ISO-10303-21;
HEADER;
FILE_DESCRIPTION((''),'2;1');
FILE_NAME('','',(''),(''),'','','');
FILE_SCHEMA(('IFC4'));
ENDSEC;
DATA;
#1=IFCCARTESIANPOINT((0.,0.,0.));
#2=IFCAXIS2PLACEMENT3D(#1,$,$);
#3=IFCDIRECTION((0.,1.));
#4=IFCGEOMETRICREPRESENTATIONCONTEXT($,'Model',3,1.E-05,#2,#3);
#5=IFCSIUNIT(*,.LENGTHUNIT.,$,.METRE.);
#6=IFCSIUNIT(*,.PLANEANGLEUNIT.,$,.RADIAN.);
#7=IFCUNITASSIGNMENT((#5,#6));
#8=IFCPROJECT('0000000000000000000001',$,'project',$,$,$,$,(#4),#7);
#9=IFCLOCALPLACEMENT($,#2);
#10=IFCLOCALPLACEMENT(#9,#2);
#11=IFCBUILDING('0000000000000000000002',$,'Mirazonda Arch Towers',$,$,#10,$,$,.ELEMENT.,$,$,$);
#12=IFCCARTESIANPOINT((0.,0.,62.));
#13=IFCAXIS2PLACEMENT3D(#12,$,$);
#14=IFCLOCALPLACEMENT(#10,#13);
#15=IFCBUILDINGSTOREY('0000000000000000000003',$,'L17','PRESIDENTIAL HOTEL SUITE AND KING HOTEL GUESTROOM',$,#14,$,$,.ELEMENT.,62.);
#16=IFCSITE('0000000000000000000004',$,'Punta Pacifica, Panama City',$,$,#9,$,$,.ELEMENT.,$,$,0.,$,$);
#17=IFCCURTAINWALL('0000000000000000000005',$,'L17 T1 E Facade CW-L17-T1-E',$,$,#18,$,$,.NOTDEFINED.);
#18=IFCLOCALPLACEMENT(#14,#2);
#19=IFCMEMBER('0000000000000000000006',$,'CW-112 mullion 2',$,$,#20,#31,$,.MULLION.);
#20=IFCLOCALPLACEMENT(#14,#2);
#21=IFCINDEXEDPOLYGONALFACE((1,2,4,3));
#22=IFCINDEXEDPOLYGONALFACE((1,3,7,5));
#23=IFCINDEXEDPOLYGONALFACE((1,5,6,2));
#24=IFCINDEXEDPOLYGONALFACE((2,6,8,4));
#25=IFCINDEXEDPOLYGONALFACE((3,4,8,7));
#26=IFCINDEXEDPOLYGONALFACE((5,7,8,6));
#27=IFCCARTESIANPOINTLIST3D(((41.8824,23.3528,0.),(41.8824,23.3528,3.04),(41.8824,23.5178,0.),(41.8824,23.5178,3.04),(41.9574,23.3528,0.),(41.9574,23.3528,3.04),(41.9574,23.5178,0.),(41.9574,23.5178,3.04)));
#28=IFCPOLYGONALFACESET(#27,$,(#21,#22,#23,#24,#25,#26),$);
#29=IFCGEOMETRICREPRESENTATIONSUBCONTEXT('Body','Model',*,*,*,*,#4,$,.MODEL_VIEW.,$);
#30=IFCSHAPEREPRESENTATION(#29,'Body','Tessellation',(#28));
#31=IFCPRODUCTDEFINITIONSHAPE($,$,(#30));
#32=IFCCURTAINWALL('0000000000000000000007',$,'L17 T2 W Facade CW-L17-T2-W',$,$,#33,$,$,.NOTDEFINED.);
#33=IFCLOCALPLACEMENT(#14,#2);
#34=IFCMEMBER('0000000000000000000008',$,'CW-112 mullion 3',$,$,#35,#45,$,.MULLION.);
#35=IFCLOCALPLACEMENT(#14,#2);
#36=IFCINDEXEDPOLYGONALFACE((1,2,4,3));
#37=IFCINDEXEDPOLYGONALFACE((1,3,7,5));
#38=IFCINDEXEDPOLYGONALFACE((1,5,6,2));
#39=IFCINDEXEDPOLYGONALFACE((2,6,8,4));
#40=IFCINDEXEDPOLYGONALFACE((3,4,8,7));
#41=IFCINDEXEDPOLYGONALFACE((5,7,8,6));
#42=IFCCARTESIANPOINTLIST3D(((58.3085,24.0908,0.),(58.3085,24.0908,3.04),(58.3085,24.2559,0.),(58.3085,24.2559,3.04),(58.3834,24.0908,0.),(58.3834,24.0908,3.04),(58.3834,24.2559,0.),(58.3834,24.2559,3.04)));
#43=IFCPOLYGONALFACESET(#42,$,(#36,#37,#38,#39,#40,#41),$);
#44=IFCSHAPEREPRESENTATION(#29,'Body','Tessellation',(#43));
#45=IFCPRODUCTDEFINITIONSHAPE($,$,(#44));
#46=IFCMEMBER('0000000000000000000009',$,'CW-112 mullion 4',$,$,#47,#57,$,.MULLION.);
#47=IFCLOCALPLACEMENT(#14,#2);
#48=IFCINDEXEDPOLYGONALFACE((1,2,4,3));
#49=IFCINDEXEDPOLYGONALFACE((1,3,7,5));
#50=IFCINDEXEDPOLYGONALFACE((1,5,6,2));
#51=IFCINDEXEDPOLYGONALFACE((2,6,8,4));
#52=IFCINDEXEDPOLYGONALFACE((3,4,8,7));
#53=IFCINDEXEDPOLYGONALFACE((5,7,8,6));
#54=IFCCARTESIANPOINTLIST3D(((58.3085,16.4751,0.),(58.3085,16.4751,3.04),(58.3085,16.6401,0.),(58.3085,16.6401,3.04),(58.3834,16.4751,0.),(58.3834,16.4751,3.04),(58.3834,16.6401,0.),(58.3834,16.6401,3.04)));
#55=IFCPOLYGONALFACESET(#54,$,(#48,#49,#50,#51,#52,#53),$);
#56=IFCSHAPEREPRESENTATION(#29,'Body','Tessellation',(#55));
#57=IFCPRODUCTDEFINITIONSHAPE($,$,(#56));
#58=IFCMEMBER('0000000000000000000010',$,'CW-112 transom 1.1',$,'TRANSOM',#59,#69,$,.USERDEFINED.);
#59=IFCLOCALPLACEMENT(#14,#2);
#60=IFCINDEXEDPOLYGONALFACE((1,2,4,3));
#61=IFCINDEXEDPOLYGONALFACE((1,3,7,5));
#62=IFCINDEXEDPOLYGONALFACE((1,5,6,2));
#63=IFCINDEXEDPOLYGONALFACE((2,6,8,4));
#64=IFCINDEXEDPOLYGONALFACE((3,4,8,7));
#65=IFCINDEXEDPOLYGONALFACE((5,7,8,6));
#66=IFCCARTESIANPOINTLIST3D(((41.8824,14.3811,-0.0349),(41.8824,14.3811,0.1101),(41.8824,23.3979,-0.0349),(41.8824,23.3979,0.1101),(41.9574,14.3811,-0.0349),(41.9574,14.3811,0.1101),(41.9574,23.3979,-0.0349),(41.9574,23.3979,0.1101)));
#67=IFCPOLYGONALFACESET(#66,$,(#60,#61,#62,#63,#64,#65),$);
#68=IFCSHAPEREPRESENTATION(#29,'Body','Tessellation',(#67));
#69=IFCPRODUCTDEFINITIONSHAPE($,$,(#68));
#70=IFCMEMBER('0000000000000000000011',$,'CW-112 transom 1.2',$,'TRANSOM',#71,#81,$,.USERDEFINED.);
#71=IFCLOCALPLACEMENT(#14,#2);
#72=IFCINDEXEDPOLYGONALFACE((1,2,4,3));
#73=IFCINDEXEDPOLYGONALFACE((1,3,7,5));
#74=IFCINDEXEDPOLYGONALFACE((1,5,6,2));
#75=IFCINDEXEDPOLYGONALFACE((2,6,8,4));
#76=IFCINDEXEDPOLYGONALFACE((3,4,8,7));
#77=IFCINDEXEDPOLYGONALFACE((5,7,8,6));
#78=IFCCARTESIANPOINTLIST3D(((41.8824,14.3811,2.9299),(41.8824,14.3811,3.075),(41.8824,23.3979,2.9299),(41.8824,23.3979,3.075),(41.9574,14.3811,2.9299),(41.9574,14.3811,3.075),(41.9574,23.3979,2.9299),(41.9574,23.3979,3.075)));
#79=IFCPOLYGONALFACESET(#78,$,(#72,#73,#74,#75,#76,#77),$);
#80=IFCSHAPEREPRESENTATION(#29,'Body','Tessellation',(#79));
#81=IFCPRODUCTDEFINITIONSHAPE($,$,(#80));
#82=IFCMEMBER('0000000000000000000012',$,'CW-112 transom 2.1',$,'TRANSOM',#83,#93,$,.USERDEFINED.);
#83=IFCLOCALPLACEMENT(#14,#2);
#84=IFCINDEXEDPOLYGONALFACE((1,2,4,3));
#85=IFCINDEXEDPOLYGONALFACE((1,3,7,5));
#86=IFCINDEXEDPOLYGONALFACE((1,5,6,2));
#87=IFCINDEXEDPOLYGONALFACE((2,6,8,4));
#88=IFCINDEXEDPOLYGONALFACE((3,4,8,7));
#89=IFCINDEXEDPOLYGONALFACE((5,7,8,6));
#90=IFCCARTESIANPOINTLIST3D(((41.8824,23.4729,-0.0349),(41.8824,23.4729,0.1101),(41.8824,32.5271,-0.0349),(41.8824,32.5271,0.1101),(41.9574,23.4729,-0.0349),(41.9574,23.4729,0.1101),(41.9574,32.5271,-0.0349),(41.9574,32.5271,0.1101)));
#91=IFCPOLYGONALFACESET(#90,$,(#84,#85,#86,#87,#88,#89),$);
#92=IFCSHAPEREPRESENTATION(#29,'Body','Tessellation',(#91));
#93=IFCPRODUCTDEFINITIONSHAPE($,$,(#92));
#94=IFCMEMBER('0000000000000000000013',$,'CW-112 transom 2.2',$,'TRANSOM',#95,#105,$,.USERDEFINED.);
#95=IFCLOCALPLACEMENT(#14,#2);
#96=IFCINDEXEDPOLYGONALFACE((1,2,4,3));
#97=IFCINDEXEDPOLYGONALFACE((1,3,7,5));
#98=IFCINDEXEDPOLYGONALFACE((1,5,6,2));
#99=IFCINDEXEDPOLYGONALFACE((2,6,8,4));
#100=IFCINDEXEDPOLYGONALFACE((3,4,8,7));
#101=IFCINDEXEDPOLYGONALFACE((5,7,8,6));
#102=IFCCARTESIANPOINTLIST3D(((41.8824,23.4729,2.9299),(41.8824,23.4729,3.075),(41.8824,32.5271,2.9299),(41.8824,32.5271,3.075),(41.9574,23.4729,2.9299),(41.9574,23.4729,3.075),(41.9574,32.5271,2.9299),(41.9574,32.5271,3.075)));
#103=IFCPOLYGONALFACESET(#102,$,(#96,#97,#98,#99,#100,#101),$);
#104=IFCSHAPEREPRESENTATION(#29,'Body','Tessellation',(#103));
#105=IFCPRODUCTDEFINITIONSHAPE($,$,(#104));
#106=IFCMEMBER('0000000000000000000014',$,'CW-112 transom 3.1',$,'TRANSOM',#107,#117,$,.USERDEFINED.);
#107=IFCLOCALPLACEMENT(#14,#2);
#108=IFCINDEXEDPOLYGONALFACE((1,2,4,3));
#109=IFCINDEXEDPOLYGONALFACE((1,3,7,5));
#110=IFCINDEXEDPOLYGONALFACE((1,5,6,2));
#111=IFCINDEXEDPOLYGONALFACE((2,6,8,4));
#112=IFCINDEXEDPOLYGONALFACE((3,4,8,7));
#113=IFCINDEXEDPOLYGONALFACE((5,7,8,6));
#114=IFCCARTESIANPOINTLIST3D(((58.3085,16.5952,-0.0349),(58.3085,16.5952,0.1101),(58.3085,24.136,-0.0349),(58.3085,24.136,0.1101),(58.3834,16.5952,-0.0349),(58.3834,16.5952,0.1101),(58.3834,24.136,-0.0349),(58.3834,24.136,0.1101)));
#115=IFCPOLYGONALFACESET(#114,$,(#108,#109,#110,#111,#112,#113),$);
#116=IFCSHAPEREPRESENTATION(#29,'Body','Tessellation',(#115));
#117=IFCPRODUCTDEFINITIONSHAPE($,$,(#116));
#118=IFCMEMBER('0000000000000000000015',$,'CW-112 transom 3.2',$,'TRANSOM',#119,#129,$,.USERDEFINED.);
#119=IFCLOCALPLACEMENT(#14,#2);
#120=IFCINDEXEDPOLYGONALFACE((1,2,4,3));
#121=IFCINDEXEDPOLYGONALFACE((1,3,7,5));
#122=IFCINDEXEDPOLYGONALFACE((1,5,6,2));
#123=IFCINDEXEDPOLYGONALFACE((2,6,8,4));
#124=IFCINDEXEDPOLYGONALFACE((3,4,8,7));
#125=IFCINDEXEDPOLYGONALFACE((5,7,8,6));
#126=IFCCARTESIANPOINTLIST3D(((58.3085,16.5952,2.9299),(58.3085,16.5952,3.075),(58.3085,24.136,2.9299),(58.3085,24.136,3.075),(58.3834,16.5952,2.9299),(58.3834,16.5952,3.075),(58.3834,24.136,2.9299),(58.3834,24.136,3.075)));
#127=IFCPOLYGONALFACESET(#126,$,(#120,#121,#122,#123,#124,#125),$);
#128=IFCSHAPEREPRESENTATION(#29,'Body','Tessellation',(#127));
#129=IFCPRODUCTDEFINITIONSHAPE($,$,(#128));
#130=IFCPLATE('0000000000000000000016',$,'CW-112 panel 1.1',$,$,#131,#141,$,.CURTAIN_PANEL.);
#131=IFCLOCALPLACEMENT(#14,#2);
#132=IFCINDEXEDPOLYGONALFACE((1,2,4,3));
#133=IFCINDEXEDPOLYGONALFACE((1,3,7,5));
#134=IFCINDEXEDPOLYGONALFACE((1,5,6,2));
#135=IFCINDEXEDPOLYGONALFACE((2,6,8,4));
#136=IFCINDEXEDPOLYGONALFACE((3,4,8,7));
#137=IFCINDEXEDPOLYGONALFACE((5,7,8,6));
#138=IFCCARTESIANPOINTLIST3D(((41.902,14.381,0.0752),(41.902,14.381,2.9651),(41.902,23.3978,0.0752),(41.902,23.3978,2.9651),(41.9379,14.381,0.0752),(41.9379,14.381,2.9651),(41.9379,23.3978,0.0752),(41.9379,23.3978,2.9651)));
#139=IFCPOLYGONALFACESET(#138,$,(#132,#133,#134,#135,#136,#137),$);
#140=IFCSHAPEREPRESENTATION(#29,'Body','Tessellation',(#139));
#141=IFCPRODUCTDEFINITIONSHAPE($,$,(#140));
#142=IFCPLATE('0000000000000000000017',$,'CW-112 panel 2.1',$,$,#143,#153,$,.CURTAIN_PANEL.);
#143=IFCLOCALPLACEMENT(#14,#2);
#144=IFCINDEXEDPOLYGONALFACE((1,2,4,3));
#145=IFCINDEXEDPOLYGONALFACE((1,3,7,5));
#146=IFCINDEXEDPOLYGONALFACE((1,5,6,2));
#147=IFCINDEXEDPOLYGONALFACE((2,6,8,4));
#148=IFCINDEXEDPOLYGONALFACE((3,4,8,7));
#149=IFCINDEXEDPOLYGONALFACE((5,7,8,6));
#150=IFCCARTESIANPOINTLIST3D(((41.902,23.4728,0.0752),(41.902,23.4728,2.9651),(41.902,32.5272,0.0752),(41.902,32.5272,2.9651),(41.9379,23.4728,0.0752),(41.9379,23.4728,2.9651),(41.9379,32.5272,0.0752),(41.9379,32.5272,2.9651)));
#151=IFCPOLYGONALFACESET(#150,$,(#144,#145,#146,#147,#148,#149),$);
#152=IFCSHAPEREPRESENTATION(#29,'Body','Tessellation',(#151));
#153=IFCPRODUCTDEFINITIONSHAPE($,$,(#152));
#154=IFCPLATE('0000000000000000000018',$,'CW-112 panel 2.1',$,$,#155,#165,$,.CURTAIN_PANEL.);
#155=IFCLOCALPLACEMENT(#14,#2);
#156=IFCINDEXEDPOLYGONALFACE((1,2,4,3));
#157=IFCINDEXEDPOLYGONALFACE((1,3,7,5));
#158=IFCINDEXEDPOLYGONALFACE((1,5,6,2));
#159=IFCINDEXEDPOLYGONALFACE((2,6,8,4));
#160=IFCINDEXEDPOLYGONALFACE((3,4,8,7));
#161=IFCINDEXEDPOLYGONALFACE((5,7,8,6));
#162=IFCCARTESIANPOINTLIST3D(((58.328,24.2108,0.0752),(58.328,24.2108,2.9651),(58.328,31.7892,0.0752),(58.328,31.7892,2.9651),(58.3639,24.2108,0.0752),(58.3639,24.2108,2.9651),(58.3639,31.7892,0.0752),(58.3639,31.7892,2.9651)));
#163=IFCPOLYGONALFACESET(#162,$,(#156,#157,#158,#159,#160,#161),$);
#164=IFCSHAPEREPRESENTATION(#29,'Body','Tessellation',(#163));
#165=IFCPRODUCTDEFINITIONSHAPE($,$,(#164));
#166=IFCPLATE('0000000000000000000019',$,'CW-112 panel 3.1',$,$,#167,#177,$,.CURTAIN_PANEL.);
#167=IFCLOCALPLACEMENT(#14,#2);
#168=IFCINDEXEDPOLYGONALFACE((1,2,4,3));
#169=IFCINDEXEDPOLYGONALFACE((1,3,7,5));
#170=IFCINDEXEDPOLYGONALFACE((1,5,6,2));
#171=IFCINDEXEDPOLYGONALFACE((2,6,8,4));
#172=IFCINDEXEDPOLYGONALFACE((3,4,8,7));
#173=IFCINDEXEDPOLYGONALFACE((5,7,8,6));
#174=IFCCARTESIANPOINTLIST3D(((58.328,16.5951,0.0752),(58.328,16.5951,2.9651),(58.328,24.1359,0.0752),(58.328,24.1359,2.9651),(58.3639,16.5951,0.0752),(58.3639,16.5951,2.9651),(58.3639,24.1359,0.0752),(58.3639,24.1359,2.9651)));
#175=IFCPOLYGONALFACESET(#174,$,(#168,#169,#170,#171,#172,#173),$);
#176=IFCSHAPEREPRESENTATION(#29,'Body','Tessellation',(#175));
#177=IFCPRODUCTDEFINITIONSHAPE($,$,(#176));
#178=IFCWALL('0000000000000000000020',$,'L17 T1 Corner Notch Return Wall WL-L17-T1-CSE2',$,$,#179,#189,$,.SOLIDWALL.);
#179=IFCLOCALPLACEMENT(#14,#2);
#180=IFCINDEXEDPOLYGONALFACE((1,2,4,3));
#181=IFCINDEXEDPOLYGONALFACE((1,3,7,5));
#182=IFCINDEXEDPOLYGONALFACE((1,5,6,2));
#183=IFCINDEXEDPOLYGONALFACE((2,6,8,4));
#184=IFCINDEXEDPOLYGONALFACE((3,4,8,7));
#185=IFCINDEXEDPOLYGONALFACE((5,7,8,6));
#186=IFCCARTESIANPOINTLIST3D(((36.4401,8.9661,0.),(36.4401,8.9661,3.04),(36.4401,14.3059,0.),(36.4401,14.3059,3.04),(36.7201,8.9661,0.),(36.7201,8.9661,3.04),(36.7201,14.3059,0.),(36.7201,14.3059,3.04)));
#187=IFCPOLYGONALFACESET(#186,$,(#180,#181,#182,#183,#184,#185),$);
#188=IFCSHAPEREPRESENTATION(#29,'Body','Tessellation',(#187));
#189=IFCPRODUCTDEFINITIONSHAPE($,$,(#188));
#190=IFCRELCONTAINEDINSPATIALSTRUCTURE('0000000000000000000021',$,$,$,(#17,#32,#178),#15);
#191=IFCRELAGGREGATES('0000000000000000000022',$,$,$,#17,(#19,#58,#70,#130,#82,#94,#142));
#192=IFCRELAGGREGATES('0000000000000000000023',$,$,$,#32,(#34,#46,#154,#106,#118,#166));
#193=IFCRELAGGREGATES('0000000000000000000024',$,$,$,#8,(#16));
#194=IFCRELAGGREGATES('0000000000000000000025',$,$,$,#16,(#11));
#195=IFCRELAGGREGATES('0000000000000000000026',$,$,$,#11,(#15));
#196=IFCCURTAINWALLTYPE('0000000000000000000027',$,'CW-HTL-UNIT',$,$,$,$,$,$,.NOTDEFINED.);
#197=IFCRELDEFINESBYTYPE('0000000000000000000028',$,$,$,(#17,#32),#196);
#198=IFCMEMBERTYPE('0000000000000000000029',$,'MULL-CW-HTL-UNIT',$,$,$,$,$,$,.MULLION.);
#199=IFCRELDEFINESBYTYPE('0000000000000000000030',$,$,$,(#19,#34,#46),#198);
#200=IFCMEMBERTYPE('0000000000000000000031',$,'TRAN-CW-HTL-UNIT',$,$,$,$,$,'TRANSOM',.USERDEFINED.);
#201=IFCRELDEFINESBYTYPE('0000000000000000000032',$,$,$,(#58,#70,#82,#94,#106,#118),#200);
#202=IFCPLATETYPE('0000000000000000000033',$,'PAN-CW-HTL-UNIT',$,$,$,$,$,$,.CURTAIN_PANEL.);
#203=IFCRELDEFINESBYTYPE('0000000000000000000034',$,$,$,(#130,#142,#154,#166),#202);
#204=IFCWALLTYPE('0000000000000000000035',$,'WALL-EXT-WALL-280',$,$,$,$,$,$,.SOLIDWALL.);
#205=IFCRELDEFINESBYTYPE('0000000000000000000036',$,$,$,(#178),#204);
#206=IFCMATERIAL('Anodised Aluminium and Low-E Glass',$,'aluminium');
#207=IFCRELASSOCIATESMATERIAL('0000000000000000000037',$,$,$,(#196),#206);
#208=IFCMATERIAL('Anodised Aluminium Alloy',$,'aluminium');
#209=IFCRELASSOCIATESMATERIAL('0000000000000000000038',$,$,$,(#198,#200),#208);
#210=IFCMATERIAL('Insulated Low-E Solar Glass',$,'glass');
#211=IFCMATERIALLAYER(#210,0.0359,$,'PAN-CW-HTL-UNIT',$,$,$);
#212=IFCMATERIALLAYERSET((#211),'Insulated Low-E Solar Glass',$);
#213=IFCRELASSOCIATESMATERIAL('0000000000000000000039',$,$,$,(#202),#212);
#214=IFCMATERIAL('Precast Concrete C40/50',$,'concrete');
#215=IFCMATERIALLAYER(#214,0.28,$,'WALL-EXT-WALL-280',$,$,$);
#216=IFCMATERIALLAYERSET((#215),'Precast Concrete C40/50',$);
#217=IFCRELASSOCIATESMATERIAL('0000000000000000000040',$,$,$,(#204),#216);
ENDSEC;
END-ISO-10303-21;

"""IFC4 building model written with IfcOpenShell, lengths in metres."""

from ifc_helpers import new_model, si_unit, direction, frame, frame_2d, origin, origin_2d, place, context, subcontext, project, spatial, rectangle, extrude, material, layer, layer_set, material_profile, profile_set, type_object, element, aggregate, save


model = new_model("IFC4")

# Units and contexts
model_context = context("Model", 3, precision=1e-05, world=origin(), true_north=direction((0.0, 1.0)))
body_context = subcontext(model_context, "Body", "Model", "MODEL_VIEW")
ifc_project = project(units=[si_unit("LENGTHUNIT", "METRE"), si_unit("PLANEANGLEUNIT", "RADIAN")], contexts=[model_context])

# Site, building, storey
site_placement = place(None, origin())
site = spatial("IfcSite", under=ifc_project, at=site_placement, Name="Punta Pacifica, Panama City", CompositionType="ELEMENT", RefElevation=0.0)
building_placement = place(site_placement, origin())
building = spatial("IfcBuilding", under=site, at=building_placement, Name="Mirazonda Arch Towers", CompositionType="ELEMENT")
storey_placement = place(building_placement, frame((0.0, 0.0, 62.0)))
storey = spatial("IfcBuildingStorey", under=building, at=storey_placement, Name="L17", Description="PRESIDENTIAL HOTEL SUITE AND KING HOTEL GUESTROOM", CompositionType="ELEMENT", Elevation=62.0)

# Curtain walls, members
ifc_material_1 = material(Name="Anodised Aluminium and Low-E Glass", Category="aluminium")
curtain_wall_type = type_object("IfcCurtainWallType", Name="CW-HTL-UNIT", PredefinedType="NOTDEFINED", material=ifc_material_1)
curtain_wall_1_placement = place(storey_placement, origin())
curtain_wall_1 = element("IfcCurtainWall", 1, at=curtain_wall_1_placement, inside=storey, type_object=curtain_wall_type, Name="L17 T1 E Facade CW-L17-T1-E", PredefinedType="NOTDEFINED")
ifc_material_2 = material(Name="Anodised Aluminium Alloy", Category="aluminium")
ifc_material_profile_1 = material_profile(ifc_material_2, rectangle(XDim=0.075, YDim=0.165, at=origin_2d()), Name="ALU-MULL-75x165")
ifc_profile_set_1 = profile_set([ifc_material_profile_1], Name="Anodised Aluminium Alloy")
member_type_1 = type_object("IfcMemberType", Name="MULL-CW-HTL-UNIT", PredefinedType="MULLION", material=ifc_profile_set_1)
member_1_placement = place(storey_placement, frame((41.9199, 23.4353, 0.0), z_axis=(0.0, 0.0, 1.0), x_axis=(-1.0, 0.0, 0.0)))
member_1 = element("IfcMember", 2, at=member_1_placement, type_object=member_type_1, Name="CW-112 mullion 2", PredefinedType="MULLION", context=body_context, shape_type="SweptSolid", body=[
    extrude(rectangle(XDim=0.075, YDim=0.165, at=origin_2d()), origin(), (0.0, 0.0, 1.0), 3.04),
])
curtain_wall_2_placement = place(storey_placement, origin())
curtain_wall_2 = element("IfcCurtainWall", 3, at=curtain_wall_2_placement, inside=storey, type_object=curtain_wall_type, Name="L17 T2 W Facade CW-L17-T2-W", PredefinedType="NOTDEFINED")
member_2_placement = place(storey_placement, frame((58.3459, 24.1733, 0.0), z_axis=(0.0, 0.0, 1.0), x_axis=(1.0, 0.0, 0.0)))
member_2 = element("IfcMember", 4, at=member_2_placement, type_object=member_type_1, Name="CW-112 mullion 3", PredefinedType="MULLION", context=body_context, shape_type="SweptSolid", body=[
    extrude(rectangle(XDim=0.075, YDim=0.165, at=origin_2d()), origin(), (0.0, 0.0, 1.0), 3.04),
])
member_3_placement = place(storey_placement, frame((58.3459, 16.5576, 0.0), z_axis=(0.0, 0.0, 1.0), x_axis=(1.0, 0.0, 0.0)))
member_3 = element("IfcMember", 5, at=member_3_placement, type_object=member_type_1, Name="CW-112 mullion 4", PredefinedType="MULLION", context=body_context, shape_type="SweptSolid", body=[
    extrude(rectangle(XDim=0.075, YDim=0.165, at=origin_2d()), origin(), (0.0, 0.0, 1.0), 3.04),
])

# Members
ifc_material_profile_2 = material_profile(ifc_material_2, rectangle(XDim=0.075, YDim=0.145, at=origin_2d()), Name="ALU-TRAN-75x145")
ifc_profile_set_2 = profile_set([ifc_material_profile_2], Name="Anodised Aluminium Alloy")
member_type_2 = type_object("IfcMemberType", Name="TRAN-CW-HTL-UNIT", ElementType="TRANSOM", PredefinedType="USERDEFINED", material=ifc_profile_set_2)
member_4_placement = place(storey_placement, frame((41.9199, 14.3811, 0.0376), z_axis=(0.0, 1.0, 0.0), x_axis=(-1.0, 0.0, 0.0)))
member_4 = element("IfcMember", 6, at=member_4_placement, type_object=member_type_2, Name="CW-112 transom 1.1", ObjectType="TRANSOM", PredefinedType="USERDEFINED", context=body_context, shape_type="SweptSolid", body=[
    extrude(rectangle(XDim=0.075, YDim=0.145, at=origin_2d()), origin(), (0.0, 0.0, 1.0), 9.0168),
])
member_5_placement = place(storey_placement, frame((41.9199, 14.3811, 3.0024), z_axis=(0.0, 1.0, 0.0), x_axis=(-1.0, 0.0, 0.0)))
member_5 = element("IfcMember", 7, at=member_5_placement, type_object=member_type_2, Name="CW-112 transom 1.2", ObjectType="TRANSOM", PredefinedType="USERDEFINED", context=body_context, shape_type="SweptSolid", body=[
    extrude(rectangle(XDim=0.075, YDim=0.145, at=origin_2d()), origin(), (0.0, 0.0, 1.0), 9.0168),
])
member_6_placement = place(storey_placement, frame((41.9199, 23.4729, 0.0376), z_axis=(0.0, 1.0, 0.0), x_axis=(-1.0, 0.0, 0.0)))
member_6 = element("IfcMember", 8, at=member_6_placement, type_object=member_type_2, Name="CW-112 transom 2.1", ObjectType="TRANSOM", PredefinedType="USERDEFINED", context=body_context, shape_type="SweptSolid", body=[
    extrude(rectangle(XDim=0.075, YDim=0.145, at=origin_2d()), origin(), (0.0, 0.0, 1.0), 9.0542),
])
member_7_placement = place(storey_placement, frame((41.9199, 23.4729, 3.0024), z_axis=(0.0, 1.0, 0.0), x_axis=(-1.0, 0.0, 0.0)))
member_7 = element("IfcMember", 9, at=member_7_placement, type_object=member_type_2, Name="CW-112 transom 2.2", ObjectType="TRANSOM", PredefinedType="USERDEFINED", context=body_context, shape_type="SweptSolid", body=[
    extrude(rectangle(XDim=0.075, YDim=0.145, at=origin_2d()), origin(), (0.0, 0.0, 1.0), 9.0542),
])
member_8_placement = place(storey_placement, frame((58.3459, 24.136, 0.0376), z_axis=(0.0, -1.0, 0.0), x_axis=(1.0, 0.0, 0.0)))
member_8 = element("IfcMember", 10, at=member_8_placement, type_object=member_type_2, Name="CW-112 transom 3.1", ObjectType="TRANSOM", PredefinedType="USERDEFINED", context=body_context, shape_type="SweptSolid", body=[
    extrude(rectangle(XDim=0.075, YDim=0.145, at=origin_2d()), origin(), (0.0, 0.0, 1.0), 7.5408),
])
member_9_placement = place(storey_placement, frame((58.3459, 24.136, 3.0024), z_axis=(0.0, -1.0, 0.0), x_axis=(1.0, 0.0, 0.0)))
member_9 = element("IfcMember", 11, at=member_9_placement, type_object=member_type_2, Name="CW-112 transom 3.2", ObjectType="TRANSOM", PredefinedType="USERDEFINED", context=body_context, shape_type="SweptSolid", body=[
    extrude(rectangle(XDim=0.075, YDim=0.145, at=origin_2d()), origin(), (0.0, 0.0, 1.0), 7.5408),
])

# Plates
ifc_material_3 = material(Name="Insulated Low-E Solar Glass", Category="glass")
ifc_layer_1 = layer(ifc_material_3, 0.0359, Name="PAN-CW-HTL-UNIT")
ifc_layer_set_1 = layer_set([ifc_layer_1], Name="Insulated Low-E Solar Glass")
plate_type = type_object("IfcPlateType", Name="PAN-CW-HTL-UNIT", PredefinedType="CURTAIN_PANEL", material=ifc_layer_set_1)
plate_1_placement = place(storey_placement, frame((41.9199, 18.8894, 0.0752), z_axis=(0.0, 0.0, 1.0), x_axis=(0.0, 1.0, 0.0)))
plate_1 = element("IfcPlate", 12, at=plate_1_placement, type_object=plate_type, Name="CW-112 panel 1.1", PredefinedType="CURTAIN_PANEL", context=body_context, shape_type="SweptSolid", body=[
    extrude(rectangle(XDim=9.0168, YDim=0.0359, at=origin_2d()), origin(), (0.0, 0.0, 1.0), 2.8899),
])
plate_2_placement = place(storey_placement, frame((41.9199, 28.0, 0.0752), z_axis=(0.0, 0.0, 1.0), x_axis=(0.0, 1.0, 0.0)))
plate_2 = element("IfcPlate", 13, at=plate_2_placement, type_object=plate_type, Name="CW-112 panel 2.1", PredefinedType="CURTAIN_PANEL", context=body_context, shape_type="SweptSolid", body=[
    extrude(rectangle(XDim=9.0544, YDim=0.0359, at=origin_2d()), origin(), (0.0, 0.0, 1.0), 2.8899),
])
aggregate(curtain_wall_1, [member_1, member_4, member_5, plate_1, member_6, member_7, plate_2])
plate_3_placement = place(storey_placement, frame((58.3459, 28.0, 0.0752), z_axis=(0.0, 0.0, 1.0), x_axis=(0.0, -1.0, 0.0)))
plate_3 = element("IfcPlate", 14, at=plate_3_placement, type_object=plate_type, Name="CW-112 panel 2.1", PredefinedType="CURTAIN_PANEL", context=body_context, shape_type="SweptSolid", body=[
    extrude(rectangle(XDim=7.5784, YDim=0.0359, at=origin_2d()), origin(), (0.0, 0.0, 1.0), 2.8899),
])
plate_4_placement = place(storey_placement, frame((58.3459, 20.3655, 0.0752), z_axis=(0.0, 0.0, 1.0), x_axis=(0.0, -1.0, 0.0)))
plate_4 = element("IfcPlate", 15, at=plate_4_placement, type_object=plate_type, Name="CW-112 panel 3.1", PredefinedType="CURTAIN_PANEL", context=body_context, shape_type="SweptSolid", body=[
    extrude(rectangle(XDim=7.5408, YDim=0.0359, at=origin_2d()), origin(), (0.0, 0.0, 1.0), 2.8899),
])
aggregate(curtain_wall_2, [member_2, member_3, plate_3, member_8, member_9, plate_4])

# Wall
ifc_material_4 = material(Name="Precast Concrete C40/50", Category="concrete")
ifc_layer_2 = layer(ifc_material_4, 0.28, Name="WALL-EXT-WALL-280")
ifc_layer_set_2 = layer_set([ifc_layer_2], Name="Precast Concrete C40/50")
wall_type_1 = type_object("IfcWallType", Name="WALL-EXT-WALL-280", PredefinedType="SOLIDWALL", material=ifc_layer_set_2)
wall_1_placement = place(storey_placement, frame((36.5801, 8.9661, 0.0), z_axis=(0.0, 0.0, 1.0), x_axis=(0.0, 1.0, 0.0)))
element("IfcWall", 16, at=wall_1_placement, inside=storey, type_object=wall_type_1, Name="L17 T1 Corner Notch Return Wall WL-L17-T1-CSE2", PredefinedType="SOLIDWALL", context=body_context, shape_type="SweptSolid", body=[
    extrude(rectangle(XDim=5.3398, YDim=0.28, at=frame_2d((2.6699, 0.0))), origin(), (0.0, 0.0, 1.0), 3.04),
])

save(model, "model.ifc")
